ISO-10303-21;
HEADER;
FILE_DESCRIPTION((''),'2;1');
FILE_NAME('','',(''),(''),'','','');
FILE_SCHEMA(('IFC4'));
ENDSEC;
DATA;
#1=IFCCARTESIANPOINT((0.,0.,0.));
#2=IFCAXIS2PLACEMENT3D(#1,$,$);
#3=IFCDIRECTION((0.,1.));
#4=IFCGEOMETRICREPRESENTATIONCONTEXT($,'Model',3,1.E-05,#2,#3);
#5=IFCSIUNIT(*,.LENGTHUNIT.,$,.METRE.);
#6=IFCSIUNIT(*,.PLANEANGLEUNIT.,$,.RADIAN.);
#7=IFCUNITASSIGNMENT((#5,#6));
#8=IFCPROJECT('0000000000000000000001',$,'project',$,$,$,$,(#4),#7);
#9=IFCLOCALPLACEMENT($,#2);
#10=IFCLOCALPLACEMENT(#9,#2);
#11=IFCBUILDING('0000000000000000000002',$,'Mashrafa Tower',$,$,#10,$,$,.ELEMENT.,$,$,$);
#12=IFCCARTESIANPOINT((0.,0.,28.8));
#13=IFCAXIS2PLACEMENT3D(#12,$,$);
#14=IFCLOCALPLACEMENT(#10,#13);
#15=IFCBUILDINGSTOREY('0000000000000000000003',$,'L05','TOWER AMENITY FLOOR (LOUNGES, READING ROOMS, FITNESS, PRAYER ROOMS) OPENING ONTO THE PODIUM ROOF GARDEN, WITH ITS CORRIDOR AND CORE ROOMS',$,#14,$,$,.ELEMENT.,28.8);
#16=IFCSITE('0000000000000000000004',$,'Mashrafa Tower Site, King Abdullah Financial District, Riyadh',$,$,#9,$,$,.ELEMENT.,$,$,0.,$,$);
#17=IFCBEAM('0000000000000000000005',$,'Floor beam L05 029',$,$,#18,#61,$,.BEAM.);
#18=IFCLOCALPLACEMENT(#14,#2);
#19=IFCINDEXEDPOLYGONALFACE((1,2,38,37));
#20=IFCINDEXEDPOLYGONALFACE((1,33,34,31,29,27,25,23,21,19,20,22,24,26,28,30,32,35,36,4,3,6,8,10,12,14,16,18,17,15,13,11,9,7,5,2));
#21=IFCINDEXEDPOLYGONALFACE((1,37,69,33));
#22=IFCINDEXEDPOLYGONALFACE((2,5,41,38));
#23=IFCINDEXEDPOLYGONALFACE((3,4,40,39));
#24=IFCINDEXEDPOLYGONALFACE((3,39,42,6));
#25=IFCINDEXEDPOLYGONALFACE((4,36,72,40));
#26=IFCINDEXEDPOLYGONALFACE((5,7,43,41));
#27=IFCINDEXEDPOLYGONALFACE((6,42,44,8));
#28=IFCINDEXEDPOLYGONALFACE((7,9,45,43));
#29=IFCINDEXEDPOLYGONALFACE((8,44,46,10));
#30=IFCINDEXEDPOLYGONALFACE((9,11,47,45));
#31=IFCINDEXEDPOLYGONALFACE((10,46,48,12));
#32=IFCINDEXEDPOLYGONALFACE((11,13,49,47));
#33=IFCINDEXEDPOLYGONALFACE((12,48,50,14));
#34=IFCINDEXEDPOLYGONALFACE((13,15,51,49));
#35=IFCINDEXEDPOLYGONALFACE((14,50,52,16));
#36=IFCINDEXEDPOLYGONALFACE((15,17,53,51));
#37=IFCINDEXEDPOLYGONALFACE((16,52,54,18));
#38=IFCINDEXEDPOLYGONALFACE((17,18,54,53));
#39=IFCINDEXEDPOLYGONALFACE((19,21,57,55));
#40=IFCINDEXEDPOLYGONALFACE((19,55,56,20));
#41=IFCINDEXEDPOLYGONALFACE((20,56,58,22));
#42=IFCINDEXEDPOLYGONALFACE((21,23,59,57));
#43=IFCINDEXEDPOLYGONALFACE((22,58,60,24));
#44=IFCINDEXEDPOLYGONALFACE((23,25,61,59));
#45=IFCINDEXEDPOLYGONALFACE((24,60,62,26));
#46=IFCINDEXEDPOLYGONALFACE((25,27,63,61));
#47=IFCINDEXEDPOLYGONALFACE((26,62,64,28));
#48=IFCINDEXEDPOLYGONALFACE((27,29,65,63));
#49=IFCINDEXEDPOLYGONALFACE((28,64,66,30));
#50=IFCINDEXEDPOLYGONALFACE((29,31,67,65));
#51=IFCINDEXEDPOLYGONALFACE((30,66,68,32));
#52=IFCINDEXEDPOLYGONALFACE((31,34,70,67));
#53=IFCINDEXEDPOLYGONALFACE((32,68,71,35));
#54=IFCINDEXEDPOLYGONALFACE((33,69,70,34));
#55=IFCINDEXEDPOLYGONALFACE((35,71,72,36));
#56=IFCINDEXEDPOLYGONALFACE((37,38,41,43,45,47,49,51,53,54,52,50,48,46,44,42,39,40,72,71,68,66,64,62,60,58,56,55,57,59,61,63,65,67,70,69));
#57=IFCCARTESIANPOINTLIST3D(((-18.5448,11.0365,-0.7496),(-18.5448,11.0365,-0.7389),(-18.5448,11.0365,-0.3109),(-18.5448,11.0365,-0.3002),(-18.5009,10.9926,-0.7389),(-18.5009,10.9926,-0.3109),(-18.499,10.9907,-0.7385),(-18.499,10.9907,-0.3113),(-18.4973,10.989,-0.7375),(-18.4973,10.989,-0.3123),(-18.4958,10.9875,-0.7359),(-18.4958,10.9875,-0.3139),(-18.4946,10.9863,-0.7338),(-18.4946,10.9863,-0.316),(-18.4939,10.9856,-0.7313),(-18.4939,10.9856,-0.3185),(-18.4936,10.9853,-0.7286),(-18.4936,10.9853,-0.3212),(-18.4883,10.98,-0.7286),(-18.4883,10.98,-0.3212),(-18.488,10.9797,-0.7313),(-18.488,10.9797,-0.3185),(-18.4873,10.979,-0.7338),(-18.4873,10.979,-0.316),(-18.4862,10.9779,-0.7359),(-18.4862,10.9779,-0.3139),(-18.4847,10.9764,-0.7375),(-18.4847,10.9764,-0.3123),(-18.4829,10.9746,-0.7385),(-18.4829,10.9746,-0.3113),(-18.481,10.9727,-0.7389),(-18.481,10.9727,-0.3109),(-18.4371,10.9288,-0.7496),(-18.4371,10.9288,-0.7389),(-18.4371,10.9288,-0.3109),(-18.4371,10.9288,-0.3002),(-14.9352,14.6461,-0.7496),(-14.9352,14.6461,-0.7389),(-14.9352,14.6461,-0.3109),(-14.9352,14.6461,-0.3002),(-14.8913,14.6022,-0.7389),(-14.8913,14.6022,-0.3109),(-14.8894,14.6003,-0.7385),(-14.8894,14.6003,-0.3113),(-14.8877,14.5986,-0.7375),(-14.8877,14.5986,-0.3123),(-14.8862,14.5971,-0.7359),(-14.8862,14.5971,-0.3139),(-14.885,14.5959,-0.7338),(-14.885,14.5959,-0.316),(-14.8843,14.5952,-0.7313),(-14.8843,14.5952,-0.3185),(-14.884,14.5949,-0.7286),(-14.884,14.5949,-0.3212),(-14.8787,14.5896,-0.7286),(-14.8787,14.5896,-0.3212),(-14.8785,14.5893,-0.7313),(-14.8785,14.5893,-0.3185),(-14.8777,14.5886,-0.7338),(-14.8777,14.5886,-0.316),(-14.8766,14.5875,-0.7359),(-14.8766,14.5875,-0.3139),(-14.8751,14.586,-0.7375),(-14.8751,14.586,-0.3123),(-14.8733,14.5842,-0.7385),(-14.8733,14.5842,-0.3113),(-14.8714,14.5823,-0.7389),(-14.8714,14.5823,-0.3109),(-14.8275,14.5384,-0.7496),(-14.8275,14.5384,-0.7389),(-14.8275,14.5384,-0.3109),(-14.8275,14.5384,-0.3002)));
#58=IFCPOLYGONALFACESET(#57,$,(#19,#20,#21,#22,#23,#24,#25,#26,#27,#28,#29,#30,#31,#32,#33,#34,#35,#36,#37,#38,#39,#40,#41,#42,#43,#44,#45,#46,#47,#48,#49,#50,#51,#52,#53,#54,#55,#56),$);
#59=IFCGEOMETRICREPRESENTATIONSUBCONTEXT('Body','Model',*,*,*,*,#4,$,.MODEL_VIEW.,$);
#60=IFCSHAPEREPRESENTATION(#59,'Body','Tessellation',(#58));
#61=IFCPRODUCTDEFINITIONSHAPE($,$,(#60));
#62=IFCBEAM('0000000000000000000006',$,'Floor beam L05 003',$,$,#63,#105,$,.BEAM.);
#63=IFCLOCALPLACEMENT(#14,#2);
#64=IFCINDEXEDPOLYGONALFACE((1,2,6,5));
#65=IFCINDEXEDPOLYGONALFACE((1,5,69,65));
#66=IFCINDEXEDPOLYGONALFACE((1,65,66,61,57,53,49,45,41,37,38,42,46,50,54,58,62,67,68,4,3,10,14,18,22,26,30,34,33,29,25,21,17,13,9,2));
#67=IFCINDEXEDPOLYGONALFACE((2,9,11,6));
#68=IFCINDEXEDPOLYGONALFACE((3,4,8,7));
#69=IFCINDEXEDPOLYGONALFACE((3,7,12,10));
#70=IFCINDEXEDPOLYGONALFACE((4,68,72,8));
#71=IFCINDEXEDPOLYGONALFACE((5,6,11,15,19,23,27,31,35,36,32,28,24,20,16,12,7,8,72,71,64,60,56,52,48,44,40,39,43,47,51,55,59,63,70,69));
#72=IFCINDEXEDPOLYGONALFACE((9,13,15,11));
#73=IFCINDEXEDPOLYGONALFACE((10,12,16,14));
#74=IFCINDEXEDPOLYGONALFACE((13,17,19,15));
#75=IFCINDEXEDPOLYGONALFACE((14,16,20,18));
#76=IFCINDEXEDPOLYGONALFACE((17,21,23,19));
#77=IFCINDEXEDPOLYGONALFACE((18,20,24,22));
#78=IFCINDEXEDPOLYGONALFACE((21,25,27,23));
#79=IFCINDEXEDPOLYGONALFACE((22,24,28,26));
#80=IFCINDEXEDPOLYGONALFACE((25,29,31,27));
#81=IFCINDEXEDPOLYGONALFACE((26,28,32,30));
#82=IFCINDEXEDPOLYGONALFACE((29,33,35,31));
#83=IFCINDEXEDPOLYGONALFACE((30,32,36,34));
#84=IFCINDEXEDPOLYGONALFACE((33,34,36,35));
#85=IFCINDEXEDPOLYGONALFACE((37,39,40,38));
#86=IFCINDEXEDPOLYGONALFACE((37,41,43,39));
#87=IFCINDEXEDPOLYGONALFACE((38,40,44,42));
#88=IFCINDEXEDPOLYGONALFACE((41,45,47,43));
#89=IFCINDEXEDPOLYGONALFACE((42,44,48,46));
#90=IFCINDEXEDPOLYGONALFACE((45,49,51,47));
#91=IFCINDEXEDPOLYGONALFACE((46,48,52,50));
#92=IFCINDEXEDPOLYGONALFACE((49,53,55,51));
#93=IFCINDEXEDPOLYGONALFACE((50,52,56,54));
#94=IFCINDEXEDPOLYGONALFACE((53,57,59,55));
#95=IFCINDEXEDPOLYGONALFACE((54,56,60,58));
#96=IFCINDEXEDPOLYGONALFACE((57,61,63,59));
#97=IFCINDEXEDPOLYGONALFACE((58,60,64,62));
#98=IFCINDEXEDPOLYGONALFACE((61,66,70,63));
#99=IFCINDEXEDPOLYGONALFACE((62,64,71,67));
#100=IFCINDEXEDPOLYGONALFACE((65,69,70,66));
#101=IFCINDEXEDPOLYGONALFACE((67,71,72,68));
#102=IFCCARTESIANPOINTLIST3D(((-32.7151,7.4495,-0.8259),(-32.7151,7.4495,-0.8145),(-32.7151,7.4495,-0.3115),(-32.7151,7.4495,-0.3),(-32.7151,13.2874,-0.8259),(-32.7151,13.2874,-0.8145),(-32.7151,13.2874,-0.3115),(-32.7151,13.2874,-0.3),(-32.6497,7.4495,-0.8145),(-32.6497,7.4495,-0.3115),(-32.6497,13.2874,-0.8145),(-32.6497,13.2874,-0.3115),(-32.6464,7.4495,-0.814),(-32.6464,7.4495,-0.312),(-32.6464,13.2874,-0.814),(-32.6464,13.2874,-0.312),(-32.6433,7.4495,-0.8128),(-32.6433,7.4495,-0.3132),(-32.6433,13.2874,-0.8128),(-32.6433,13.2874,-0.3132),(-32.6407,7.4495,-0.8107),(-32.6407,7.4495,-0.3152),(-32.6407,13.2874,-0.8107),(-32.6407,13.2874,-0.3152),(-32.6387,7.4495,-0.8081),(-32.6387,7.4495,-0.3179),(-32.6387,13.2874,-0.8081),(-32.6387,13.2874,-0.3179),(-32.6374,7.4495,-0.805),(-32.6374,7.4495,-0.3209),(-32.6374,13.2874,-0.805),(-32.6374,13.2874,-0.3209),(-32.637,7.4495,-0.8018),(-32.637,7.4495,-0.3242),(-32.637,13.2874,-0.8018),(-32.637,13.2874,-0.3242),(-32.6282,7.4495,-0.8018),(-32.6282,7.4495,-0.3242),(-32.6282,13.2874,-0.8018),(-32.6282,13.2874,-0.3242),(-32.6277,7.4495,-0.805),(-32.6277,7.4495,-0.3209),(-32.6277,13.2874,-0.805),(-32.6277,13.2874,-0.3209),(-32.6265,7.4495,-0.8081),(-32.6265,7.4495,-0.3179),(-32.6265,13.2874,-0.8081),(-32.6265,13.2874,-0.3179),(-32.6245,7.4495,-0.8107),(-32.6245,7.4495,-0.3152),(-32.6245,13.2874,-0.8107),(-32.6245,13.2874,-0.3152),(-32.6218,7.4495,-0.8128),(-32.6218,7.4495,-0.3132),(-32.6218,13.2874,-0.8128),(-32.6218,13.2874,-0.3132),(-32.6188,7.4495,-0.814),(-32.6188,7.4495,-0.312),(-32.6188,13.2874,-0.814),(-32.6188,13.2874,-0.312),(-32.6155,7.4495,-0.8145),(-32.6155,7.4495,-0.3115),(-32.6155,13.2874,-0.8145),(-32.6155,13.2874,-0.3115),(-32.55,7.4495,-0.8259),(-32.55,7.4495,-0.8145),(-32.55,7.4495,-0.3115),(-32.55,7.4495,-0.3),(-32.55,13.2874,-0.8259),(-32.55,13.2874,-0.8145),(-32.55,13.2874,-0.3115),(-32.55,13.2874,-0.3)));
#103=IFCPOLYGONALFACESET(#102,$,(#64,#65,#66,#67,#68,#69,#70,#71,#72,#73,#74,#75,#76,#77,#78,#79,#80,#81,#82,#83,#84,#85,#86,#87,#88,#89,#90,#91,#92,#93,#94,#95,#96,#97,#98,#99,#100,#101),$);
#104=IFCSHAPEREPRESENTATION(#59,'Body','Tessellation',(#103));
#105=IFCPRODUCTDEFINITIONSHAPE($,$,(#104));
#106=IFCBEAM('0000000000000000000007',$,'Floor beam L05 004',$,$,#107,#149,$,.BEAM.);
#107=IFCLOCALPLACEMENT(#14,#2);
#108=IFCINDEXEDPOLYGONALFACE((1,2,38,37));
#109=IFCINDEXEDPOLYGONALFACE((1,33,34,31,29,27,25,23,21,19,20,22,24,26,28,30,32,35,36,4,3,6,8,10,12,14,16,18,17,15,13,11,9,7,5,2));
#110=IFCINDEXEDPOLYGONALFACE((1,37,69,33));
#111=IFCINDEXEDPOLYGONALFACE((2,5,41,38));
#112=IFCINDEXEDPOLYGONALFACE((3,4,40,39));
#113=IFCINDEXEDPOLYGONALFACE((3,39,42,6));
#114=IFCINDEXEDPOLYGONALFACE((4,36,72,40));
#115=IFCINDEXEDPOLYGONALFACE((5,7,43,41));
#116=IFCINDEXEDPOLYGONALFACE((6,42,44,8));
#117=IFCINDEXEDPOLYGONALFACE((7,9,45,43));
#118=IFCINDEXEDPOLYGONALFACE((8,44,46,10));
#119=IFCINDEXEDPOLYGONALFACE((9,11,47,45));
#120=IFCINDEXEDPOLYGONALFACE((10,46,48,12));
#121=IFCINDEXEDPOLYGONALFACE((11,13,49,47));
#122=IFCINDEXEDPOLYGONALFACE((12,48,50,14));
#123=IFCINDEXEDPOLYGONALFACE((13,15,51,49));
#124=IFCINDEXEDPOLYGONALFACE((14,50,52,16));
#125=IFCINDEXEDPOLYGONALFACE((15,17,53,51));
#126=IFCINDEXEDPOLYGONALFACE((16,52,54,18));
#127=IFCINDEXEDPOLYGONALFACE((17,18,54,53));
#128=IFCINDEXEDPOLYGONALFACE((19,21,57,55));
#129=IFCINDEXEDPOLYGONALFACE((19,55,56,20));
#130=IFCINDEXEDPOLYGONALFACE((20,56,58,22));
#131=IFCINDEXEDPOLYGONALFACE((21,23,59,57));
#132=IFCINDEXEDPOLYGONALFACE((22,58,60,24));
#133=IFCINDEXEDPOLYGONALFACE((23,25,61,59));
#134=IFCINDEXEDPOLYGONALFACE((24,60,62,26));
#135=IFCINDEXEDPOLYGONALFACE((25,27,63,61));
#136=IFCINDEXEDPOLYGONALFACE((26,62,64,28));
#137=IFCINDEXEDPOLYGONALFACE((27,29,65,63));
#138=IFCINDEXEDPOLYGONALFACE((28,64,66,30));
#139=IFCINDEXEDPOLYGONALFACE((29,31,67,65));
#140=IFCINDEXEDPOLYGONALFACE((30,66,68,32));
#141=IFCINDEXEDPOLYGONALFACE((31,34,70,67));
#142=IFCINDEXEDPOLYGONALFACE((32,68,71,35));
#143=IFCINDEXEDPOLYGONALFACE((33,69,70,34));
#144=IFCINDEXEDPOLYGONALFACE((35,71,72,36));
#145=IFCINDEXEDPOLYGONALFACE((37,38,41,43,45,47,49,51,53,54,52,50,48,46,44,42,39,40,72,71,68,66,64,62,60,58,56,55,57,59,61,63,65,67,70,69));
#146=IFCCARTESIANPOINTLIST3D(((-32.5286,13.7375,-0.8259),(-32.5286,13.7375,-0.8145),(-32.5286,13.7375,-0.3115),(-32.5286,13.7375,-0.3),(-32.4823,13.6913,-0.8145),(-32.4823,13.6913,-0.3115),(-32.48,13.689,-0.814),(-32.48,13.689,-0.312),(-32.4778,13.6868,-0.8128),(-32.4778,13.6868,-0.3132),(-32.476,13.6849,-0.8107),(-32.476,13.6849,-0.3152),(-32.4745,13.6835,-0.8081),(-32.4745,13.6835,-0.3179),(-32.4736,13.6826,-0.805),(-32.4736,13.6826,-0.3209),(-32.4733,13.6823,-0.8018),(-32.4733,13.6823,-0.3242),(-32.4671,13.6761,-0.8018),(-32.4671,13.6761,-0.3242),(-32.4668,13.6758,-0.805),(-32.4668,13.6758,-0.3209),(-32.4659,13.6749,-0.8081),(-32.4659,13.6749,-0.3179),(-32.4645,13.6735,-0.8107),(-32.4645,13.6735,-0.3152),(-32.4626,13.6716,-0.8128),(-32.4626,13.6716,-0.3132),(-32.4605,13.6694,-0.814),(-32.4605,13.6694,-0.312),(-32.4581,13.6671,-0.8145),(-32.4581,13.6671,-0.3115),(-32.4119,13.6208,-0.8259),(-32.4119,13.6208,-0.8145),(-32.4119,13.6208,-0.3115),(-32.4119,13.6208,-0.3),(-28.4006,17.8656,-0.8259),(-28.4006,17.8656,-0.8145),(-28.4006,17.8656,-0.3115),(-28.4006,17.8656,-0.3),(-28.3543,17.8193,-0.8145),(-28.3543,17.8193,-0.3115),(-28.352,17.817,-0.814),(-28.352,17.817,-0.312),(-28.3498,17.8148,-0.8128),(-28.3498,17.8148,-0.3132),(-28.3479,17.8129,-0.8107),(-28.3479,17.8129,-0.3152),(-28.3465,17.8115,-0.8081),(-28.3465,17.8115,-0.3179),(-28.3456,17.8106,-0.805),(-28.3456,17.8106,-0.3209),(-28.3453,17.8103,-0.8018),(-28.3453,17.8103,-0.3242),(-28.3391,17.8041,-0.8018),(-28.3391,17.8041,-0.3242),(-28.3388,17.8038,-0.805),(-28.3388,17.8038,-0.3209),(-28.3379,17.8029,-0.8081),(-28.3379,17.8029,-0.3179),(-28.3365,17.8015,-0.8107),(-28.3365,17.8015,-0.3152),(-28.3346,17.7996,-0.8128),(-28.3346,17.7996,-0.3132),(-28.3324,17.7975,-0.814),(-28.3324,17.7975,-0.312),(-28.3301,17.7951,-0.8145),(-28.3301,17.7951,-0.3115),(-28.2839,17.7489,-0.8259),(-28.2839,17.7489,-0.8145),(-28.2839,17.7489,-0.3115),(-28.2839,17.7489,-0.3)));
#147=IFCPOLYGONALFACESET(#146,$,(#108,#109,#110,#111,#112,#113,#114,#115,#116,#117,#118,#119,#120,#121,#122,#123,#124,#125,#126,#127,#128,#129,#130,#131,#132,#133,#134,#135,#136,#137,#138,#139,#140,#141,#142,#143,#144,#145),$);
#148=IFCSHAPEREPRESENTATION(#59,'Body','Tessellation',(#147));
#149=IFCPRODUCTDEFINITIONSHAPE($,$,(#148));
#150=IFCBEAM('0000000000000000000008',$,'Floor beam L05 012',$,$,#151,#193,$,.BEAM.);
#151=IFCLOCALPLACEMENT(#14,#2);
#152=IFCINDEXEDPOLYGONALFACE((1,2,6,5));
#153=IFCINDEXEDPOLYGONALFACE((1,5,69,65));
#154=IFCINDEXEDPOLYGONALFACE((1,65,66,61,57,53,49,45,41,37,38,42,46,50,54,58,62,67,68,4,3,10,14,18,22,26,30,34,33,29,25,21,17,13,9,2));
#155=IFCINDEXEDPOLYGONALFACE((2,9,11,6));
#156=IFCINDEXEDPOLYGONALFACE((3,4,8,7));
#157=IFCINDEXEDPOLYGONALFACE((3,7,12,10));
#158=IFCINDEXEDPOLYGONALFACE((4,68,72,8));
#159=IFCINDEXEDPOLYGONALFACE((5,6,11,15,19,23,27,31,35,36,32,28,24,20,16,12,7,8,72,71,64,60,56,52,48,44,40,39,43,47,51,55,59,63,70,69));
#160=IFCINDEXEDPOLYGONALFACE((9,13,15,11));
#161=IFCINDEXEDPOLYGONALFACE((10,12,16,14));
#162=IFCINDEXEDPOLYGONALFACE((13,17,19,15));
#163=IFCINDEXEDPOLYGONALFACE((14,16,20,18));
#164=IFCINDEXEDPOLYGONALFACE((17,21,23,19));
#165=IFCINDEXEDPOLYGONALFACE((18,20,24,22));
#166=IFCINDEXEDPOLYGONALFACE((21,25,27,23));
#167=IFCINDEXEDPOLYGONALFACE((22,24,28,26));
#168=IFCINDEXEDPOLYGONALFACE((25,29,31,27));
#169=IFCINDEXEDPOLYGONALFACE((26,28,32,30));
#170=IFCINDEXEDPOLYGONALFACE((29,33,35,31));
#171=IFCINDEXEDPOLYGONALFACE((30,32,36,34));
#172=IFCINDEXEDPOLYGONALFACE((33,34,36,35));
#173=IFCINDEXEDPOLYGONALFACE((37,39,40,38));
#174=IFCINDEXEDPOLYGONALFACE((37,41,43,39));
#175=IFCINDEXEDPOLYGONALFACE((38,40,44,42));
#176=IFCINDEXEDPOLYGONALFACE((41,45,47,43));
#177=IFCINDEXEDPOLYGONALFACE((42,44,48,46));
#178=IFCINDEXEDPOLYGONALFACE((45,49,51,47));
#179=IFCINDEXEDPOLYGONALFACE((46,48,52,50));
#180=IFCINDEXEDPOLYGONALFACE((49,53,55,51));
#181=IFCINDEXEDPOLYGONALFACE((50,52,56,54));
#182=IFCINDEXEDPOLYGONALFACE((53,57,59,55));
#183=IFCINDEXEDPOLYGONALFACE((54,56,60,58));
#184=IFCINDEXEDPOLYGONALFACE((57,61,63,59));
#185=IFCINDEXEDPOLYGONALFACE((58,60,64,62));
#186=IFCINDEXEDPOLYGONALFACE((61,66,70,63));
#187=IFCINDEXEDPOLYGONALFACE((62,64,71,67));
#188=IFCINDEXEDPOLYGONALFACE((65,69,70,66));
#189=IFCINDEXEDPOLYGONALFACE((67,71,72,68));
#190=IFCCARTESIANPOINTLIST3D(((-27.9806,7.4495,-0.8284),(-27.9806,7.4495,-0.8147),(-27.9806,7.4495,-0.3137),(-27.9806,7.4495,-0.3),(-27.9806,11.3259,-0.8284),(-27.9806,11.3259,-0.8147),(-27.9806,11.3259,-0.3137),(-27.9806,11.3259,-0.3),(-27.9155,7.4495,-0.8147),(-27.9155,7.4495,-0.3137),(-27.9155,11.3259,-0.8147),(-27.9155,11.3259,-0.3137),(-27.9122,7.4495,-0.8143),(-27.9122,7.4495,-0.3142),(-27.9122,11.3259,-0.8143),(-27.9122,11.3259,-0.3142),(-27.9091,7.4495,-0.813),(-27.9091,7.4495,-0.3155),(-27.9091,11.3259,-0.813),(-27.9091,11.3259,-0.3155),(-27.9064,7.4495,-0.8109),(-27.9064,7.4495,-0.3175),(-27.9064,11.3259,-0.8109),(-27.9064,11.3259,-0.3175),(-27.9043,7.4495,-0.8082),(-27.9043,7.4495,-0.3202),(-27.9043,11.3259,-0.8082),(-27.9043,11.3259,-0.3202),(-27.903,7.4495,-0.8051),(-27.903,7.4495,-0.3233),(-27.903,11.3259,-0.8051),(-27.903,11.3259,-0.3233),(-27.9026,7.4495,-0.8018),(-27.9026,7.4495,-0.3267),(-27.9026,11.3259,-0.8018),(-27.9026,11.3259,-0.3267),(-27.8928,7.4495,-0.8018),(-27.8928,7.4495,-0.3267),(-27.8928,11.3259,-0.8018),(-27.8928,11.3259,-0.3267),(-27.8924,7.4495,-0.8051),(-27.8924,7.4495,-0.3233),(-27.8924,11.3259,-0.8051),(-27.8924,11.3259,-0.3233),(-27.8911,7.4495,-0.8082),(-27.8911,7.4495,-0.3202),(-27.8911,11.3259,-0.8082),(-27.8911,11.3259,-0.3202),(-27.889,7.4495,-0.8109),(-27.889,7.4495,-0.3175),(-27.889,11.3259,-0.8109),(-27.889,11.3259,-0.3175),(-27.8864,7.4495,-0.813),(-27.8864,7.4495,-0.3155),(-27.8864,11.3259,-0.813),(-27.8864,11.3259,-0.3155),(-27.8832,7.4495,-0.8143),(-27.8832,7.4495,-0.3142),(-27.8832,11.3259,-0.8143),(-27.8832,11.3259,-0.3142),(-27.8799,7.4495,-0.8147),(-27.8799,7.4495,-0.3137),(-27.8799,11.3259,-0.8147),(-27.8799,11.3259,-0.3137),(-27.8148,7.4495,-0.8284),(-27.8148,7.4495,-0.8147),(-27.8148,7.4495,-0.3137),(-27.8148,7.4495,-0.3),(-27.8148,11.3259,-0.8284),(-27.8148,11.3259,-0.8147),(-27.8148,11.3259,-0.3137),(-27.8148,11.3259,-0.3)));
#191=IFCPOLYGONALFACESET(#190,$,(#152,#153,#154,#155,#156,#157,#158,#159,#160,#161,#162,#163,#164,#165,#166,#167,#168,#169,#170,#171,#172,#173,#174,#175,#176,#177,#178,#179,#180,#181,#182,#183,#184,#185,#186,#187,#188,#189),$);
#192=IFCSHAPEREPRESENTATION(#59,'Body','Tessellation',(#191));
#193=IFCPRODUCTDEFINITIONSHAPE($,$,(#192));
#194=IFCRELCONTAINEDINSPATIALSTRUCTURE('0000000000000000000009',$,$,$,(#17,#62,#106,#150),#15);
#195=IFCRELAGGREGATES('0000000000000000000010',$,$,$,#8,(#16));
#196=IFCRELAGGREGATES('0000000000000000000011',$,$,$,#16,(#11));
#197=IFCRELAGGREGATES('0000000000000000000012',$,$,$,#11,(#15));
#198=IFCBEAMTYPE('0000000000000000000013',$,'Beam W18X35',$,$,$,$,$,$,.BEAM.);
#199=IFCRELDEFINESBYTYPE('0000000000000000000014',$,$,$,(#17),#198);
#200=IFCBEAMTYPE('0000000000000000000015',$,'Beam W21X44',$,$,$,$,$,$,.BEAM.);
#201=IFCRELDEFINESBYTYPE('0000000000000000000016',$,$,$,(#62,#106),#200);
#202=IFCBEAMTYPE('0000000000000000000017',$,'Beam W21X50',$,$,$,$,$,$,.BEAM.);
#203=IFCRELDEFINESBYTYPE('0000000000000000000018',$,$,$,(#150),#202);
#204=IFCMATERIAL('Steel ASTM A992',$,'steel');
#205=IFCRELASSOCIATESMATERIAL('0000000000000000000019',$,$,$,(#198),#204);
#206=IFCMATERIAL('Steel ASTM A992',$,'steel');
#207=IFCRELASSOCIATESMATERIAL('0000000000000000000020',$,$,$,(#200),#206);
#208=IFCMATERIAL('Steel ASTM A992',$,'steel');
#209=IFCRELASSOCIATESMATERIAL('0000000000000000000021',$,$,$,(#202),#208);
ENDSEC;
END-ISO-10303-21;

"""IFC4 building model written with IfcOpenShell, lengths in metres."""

from ifc_helpers import new_model, si_unit, direction, frame, origin, origin_2d, place, context, subcontext, project, spatial, i_section, extrude, material, material_profile, profile_set, type_object, element, save


model = new_model("IFC4")

# Units and contexts
model_context = context("Model", 3, precision=1e-05, world=origin(), true_north=direction((0.0, 1.0)))
body_context = subcontext(model_context, "Body", "Model", "MODEL_VIEW")
ifc_project = project(units=[si_unit("LENGTHUNIT", "METRE"), si_unit("PLANEANGLEUNIT", "RADIAN")], contexts=[model_context])

# Site, building, storey
site_placement = place(None, origin())
site = spatial("IfcSite", under=ifc_project, at=site_placement, Name="Mashrafa Tower Site, King Abdullah Financial District, Riyadh", CompositionType="ELEMENT", RefElevation=0.0)
building_placement = place(site_placement, origin())
building = spatial("IfcBuilding", under=site, at=building_placement, Name="Mashrafa Tower", CompositionType="ELEMENT")
storey_placement = place(building_placement, frame((0.0, 0.0, 28.8)))
storey = spatial("IfcBuildingStorey", under=building, at=storey_placement, Name="L05", Description="TOWER AMENITY FLOOR (LOUNGES, READING ROOMS, FITNESS, PRAYER ROOMS) OPENING ONTO THE PODIUM ROOF GARDEN, WITH ITS CORRIDOR AND CORE ROOMS", CompositionType="ELEMENT", Elevation=28.8)

# Beams
ifc_material_1 = material(Name="Steel ASTM A992", Category="steel")
ifc_material_profile_1 = material_profile(ifc_material_1, i_section(OverallWidth=0.1523, OverallDepth=0.4495, WebThickness=0.0076, FlangeThickness=0.0107, FilletRadius=0.0103, at=origin_2d()), Name="W18X35")
ifc_profile_set_1 = profile_set([ifc_material_profile_1], Name="Steel ASTM A992")
beam_type_1 = type_object("IfcBeamType", Name="Beam W18X35", PredefinedType="BEAM", material=ifc_profile_set_1)
beam_1_placement = place(storey_placement, frame((-18.491, 10.9827, -0.5249), z_axis=(0.707107, 0.707107, 0.0), x_axis=(-0.707107, 0.707107, 0.0)))
element("IfcBeam", 1, at=beam_1_placement, inside=storey, type_object=beam_type_1, Name="Floor beam L05 029", PredefinedType="BEAM", context=body_context, shape_type="SweptSolid", body=[
    extrude(i_section(OverallWidth=0.1523, OverallDepth=0.4495, WebThickness=0.0076, FlangeThickness=0.0107, FilletRadius=0.0103, at=origin_2d()), origin(), (0.0, 0.0, 1.0), 5.1047),
])
ifc_material_2 = material(Name="Steel ASTM A992", Category="steel")
ifc_material_profile_2 = material_profile(ifc_material_2, i_section(OverallWidth=0.165, OverallDepth=0.5259, WebThickness=0.0088, FlangeThickness=0.0115, FilletRadius=0.0127, at=origin_2d()), Name="W21X44")
ifc_profile_set_2 = profile_set([ifc_material_profile_2], Name="Steel ASTM A992")
beam_type_2 = type_object("IfcBeamType", Name="Beam W21X44", PredefinedType="BEAM", material=ifc_profile_set_2)
for number, where, z_axis, x_axis, name in (
    (2, (-32.6326, 7.4495, -0.563), (0.0, 1.0, 0.0), (-1.0, 0.0, 0.0), "Floor beam L05 003"),
    (3, (-32.4702, 13.6792, -0.563), (0.707107, 0.707107, 0.0), (-0.707107, 0.707107, 0.0), "Floor beam L05 004"),
):
    element("IfcBeam", number, at=place(storey_placement, frame(where, z_axis=z_axis, x_axis=x_axis)), inside=storey, type_object=beam_type_2, Name=name, PredefinedType="BEAM", context=body_context, shape_type="SweptSolid", body=[
        extrude(i_section(OverallWidth=0.165, OverallDepth=0.5259, WebThickness=0.0088, FlangeThickness=0.0115, FilletRadius=0.0127, at=origin_2d()), origin(), (0.0, 0.0, 1.0), 5.8379),
    ])
ifc_material_3 = material(Name="Steel ASTM A992", Category="steel")
ifc_material_profile_3 = material_profile(ifc_material_3, i_section(OverallWidth=0.1658, OverallDepth=0.5283, WebThickness=0.0098, FlangeThickness=0.0137, FilletRadius=0.0129, at=origin_2d()), Name="W21X50")
ifc_profile_set_3 = profile_set([ifc_material_profile_3], Name="Steel ASTM A992")
beam_type_3 = type_object("IfcBeamType", Name="Beam W21X50", PredefinedType="BEAM", material=ifc_profile_set_3)
beam_2_placement = place(storey_placement, frame((-27.8977, 7.4495, -0.5642), z_axis=(0.0, 1.0, 0.0), x_axis=(-1.0, 0.0, 0.0)))
element("IfcBeam", 4, at=beam_2_placement, inside=storey, type_object=beam_type_3, Name="Floor beam L05 012", PredefinedType="BEAM", context=body_context, shape_type="SweptSolid", body=[
    extrude(i_section(OverallWidth=0.1658, OverallDepth=0.5283, WebThickness=0.0098, FlangeThickness=0.0137, FilletRadius=0.0129, at=origin_2d()), origin(), (0.0, 0.0, 1.0), 3.8765),
])

save(model, "model.ifc")
